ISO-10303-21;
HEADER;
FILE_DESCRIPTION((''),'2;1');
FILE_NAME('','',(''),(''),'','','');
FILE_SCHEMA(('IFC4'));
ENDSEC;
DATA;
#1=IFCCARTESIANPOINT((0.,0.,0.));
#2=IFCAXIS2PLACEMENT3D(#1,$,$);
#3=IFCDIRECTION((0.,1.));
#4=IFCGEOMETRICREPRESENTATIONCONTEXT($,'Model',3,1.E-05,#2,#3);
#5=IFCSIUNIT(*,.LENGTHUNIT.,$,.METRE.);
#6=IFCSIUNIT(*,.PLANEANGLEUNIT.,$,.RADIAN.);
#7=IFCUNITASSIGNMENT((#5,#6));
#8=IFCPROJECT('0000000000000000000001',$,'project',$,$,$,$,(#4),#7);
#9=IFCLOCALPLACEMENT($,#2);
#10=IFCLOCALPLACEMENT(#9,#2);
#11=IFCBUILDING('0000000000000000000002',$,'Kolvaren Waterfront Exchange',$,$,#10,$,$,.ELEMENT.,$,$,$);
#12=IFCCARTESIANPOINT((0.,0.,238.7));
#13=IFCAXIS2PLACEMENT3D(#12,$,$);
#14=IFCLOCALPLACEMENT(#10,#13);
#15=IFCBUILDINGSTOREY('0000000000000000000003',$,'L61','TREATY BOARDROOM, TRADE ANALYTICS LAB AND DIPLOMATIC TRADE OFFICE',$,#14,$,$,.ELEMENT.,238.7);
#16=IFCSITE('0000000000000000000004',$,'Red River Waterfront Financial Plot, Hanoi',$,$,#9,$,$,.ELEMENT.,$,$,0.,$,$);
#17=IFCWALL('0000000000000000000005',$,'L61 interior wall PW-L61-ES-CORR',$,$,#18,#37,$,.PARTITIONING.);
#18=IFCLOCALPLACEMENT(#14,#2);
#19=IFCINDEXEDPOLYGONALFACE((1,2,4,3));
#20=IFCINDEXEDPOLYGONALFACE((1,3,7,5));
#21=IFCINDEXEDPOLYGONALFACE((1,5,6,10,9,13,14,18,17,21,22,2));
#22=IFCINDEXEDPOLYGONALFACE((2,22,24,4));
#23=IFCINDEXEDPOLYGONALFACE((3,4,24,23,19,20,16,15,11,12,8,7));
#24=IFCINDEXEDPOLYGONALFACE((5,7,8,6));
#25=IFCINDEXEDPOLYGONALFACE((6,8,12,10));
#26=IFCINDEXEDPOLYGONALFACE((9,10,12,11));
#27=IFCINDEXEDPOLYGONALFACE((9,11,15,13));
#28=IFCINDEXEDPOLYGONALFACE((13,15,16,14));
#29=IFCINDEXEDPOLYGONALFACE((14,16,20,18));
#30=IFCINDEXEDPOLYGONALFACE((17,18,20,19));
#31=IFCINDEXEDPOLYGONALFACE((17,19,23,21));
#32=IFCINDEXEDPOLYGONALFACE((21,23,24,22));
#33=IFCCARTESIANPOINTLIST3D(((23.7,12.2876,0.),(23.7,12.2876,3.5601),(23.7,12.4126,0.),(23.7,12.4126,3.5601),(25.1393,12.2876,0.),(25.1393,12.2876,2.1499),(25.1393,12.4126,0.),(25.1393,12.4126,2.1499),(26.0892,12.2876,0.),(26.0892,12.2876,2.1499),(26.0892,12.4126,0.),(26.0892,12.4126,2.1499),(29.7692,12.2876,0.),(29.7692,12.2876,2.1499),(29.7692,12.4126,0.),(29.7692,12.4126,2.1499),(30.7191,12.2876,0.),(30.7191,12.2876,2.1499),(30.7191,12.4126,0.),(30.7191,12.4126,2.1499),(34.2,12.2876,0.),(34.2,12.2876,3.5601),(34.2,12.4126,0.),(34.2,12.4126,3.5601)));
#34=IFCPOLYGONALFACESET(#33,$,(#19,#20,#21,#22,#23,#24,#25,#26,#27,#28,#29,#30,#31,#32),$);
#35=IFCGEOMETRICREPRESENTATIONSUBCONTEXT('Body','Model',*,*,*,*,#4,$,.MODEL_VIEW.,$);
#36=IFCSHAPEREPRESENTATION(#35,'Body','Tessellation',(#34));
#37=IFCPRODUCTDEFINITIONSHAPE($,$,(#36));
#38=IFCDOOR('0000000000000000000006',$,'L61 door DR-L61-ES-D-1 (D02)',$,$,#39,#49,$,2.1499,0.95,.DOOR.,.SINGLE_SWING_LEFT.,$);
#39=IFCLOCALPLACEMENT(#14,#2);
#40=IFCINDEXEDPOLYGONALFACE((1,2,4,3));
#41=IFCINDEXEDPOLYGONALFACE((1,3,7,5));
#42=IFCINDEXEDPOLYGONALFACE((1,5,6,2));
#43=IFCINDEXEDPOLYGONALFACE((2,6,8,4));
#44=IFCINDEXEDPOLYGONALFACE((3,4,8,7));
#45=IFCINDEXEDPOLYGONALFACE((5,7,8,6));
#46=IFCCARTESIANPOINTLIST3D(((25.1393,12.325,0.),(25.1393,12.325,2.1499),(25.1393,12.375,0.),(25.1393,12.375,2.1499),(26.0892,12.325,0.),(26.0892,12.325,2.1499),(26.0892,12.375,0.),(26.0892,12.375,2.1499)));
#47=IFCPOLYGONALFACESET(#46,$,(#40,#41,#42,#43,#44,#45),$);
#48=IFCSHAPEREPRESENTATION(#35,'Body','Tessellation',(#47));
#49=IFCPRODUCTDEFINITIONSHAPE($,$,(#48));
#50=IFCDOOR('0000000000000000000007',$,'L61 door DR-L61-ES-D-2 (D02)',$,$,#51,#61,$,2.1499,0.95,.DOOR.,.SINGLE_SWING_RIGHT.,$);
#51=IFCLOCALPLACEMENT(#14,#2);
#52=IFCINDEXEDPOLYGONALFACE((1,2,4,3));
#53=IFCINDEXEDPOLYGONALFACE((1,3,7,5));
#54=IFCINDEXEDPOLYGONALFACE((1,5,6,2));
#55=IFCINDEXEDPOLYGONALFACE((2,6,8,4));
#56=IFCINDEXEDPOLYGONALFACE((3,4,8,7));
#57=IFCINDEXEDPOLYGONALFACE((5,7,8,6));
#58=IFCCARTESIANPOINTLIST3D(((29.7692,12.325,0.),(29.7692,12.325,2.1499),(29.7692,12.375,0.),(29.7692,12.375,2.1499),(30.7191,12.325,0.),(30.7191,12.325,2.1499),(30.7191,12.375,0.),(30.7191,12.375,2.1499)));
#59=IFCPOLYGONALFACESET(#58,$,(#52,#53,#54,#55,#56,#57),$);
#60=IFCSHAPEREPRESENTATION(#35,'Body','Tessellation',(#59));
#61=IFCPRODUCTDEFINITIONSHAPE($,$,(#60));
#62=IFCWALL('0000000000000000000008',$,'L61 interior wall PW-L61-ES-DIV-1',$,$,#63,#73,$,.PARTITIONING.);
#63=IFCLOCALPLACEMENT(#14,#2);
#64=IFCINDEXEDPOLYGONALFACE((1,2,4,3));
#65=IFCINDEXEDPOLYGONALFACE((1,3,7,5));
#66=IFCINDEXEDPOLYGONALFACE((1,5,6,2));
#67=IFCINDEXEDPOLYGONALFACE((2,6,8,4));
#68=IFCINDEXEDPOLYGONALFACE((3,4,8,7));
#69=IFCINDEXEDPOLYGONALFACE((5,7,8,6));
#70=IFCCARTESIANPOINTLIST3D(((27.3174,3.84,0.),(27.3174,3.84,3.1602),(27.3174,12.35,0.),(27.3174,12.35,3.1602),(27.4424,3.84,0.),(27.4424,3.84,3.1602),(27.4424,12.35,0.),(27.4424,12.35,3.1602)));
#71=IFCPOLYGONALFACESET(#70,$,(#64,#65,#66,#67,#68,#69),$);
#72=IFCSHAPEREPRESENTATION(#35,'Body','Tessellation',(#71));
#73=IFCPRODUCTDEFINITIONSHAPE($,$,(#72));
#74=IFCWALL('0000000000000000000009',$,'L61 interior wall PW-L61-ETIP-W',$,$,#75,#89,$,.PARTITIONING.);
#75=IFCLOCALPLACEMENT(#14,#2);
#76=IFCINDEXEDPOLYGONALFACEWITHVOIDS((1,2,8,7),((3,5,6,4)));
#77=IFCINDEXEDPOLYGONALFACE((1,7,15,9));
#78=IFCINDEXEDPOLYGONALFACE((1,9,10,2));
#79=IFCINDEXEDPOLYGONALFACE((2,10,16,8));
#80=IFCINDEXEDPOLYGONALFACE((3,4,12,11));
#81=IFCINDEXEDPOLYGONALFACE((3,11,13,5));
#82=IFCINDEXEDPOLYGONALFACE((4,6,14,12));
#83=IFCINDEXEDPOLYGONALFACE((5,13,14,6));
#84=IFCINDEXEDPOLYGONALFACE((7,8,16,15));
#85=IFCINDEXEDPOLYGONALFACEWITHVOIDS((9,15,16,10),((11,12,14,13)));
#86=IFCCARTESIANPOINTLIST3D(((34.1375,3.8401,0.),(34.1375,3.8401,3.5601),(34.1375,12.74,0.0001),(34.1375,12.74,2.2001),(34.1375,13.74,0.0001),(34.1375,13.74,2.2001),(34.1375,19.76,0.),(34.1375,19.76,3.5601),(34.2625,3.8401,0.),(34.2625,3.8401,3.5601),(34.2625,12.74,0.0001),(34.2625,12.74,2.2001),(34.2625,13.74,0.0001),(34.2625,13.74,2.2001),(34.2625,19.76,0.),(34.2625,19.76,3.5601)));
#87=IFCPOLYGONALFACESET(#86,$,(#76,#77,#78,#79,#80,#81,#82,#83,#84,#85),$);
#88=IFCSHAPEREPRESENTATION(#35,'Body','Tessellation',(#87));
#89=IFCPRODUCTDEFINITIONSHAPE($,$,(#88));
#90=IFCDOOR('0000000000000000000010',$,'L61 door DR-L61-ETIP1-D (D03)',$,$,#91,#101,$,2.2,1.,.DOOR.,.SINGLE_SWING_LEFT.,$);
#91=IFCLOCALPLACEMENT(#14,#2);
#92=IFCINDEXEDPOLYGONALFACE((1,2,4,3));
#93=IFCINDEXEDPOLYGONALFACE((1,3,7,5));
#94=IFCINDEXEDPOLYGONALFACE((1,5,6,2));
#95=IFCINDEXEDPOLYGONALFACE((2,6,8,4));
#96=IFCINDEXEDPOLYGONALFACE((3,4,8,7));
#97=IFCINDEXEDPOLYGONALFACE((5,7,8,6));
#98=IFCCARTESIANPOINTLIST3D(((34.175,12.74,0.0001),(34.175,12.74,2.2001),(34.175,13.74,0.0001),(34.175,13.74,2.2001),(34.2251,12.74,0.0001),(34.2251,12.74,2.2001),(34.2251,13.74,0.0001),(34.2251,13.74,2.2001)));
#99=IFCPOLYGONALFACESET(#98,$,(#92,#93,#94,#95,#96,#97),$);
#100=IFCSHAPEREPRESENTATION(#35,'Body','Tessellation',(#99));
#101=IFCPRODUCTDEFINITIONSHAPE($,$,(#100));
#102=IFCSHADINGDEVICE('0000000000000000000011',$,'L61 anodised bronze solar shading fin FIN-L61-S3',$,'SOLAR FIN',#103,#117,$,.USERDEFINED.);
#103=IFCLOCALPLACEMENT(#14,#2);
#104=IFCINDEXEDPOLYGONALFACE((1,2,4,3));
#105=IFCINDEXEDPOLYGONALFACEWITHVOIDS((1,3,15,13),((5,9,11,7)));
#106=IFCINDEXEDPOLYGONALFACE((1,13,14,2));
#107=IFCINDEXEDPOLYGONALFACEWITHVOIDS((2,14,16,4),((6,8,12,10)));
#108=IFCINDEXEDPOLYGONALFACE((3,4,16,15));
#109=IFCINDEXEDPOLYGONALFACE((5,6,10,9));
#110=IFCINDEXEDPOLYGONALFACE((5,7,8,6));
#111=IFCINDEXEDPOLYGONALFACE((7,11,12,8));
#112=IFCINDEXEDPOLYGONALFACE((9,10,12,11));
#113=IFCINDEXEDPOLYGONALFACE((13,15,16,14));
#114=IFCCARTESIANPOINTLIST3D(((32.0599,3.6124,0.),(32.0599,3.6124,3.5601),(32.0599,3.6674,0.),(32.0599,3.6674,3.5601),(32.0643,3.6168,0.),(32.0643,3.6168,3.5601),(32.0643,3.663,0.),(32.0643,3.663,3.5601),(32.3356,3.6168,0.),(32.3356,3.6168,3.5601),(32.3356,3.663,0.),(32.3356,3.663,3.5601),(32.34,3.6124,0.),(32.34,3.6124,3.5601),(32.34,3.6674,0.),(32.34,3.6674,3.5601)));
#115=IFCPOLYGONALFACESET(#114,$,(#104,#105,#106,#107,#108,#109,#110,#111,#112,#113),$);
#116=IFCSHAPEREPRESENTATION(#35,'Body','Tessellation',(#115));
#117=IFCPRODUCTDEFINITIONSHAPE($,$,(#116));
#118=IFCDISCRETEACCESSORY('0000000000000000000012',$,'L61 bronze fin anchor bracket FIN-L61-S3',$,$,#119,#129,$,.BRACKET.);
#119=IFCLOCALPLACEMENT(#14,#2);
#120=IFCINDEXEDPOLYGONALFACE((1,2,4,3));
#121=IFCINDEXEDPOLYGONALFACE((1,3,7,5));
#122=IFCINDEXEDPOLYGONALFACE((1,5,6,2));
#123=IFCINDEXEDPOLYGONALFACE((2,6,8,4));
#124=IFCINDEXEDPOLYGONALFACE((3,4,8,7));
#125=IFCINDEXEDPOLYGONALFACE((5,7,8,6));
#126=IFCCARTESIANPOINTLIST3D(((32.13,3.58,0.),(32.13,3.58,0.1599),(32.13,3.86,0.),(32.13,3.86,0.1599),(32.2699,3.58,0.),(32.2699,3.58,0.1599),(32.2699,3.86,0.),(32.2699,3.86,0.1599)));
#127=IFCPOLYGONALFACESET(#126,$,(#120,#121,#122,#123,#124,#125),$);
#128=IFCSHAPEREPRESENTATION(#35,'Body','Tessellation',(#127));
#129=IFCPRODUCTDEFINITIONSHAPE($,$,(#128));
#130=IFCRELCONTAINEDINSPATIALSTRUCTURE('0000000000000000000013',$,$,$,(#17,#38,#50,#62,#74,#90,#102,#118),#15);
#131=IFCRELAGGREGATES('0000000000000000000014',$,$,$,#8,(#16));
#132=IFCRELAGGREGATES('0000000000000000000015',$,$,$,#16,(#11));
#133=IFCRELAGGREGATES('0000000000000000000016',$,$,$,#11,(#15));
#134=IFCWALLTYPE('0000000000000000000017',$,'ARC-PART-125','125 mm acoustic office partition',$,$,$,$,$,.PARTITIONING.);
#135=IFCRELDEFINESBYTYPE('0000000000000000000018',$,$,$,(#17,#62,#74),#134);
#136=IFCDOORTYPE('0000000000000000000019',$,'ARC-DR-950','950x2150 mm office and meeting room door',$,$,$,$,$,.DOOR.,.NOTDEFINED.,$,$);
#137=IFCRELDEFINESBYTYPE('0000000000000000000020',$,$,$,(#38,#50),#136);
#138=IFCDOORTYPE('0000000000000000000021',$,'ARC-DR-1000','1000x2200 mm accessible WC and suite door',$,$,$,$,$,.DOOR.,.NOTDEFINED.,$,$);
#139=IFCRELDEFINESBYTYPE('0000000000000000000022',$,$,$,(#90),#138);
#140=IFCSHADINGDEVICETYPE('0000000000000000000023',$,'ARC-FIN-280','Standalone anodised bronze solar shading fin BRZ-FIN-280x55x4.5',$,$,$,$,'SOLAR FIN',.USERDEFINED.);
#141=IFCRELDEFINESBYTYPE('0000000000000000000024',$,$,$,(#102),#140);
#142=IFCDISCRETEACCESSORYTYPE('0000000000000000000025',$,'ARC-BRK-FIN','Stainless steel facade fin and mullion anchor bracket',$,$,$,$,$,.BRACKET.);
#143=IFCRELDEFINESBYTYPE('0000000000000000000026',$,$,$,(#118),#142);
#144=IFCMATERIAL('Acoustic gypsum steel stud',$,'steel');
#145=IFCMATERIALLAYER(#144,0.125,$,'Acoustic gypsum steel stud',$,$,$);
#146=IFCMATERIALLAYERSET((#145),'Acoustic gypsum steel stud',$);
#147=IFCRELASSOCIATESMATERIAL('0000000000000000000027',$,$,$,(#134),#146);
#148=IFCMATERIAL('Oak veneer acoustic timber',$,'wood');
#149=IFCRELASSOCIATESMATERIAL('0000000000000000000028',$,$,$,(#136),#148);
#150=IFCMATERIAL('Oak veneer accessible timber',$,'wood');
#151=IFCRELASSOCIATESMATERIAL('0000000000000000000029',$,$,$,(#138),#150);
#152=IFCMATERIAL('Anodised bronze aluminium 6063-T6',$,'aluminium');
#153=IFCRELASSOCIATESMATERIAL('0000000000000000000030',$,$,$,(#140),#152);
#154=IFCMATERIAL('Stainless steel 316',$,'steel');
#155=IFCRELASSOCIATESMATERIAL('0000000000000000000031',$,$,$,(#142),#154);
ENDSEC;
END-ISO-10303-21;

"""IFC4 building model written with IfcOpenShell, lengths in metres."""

from ifc_helpers import new_model, si_unit, direction, frame, frame_2d, origin, origin_with_axes, origin_2d, place, context, subcontext, project, spatial, rectangle, hollow_rectangle, extrude, source, transform, mapped, material, layer, layer_set, material_profile, profile_set, type_object, element, fill, save


model = new_model("IFC4")

# Units and contexts
model_context = context("Model", 3, precision=1e-05, world=origin(), true_north=direction((0.0, 1.0)))
body_context = subcontext(model_context, "Body", "Model", "MODEL_VIEW")
ifc_project = project(units=[si_unit("LENGTHUNIT", "METRE"), si_unit("PLANEANGLEUNIT", "RADIAN")], contexts=[model_context])

# Site, building, storey
site_placement = place(None, origin())
site = spatial("IfcSite", under=ifc_project, at=site_placement, Name="Red River Waterfront Financial Plot, Hanoi", CompositionType="ELEMENT", RefElevation=0.0)
building_placement = place(site_placement, origin())
building = spatial("IfcBuilding", under=site, at=building_placement, Name="Kolvaren Waterfront Exchange", CompositionType="ELEMENT")
storey_placement = place(building_placement, frame((0.0, 0.0, 238.7)))
storey = spatial("IfcBuildingStorey", under=building, at=storey_placement, Name="L61", Description="TREATY BOARDROOM, TRADE ANALYTICS LAB AND DIPLOMATIC TRADE OFFICE", CompositionType="ELEMENT", Elevation=238.7)

# Shared definitions
ifc_material_1 = material(Name="Anodised bronze aluminium 6063-T6", Category="aluminium")

# Shared definitions
ifc_material_2 = material(Name="Acoustic gypsum steel stud", Category="steel")
ifc_layer_1 = layer(ifc_material_2, 0.125, Name="Acoustic gypsum steel stud")
ifc_layer_set_1 = layer_set([ifc_layer_1], Name="Acoustic gypsum steel stud")
wall_type = type_object("IfcWallType", Name="ARC-PART-125", Description="125 mm acoustic office partition", PredefinedType="PARTITIONING", material=ifc_layer_set_1)

# Wall, openings, doors
wall_1_placement = place(storey_placement, frame((23.7, 12.3501, 0.0), z_axis=(0.0, 0.0, 1.0), x_axis=(1.0, 0.0, 0.0)))
wall_1 = element("IfcWall", 1, at=wall_1_placement, inside=storey, type_object=wall_type, Name="L61 interior wall PW-L61-ES-CORR", PredefinedType="PARTITIONING", context=body_context, shape_type="SweptSolid", body=[
    extrude(rectangle(XDim=10.5, YDim=0.125, at=frame_2d((5.25, 0.0))), origin(), (0.0, 0.0, 1.0), 3.5601),
])
opening_1_placement = place(wall_1_placement, frame((1.4392, 0.0, 0.0)))
opening_1 = element("IfcOpeningElement", 2, at=opening_1_placement, cuts=wall_1, PredefinedType="OPENING", context=body_context, shape_type="SweptSolid", body=[
    extrude(rectangle(XDim=0.95, YDim=2.1499, at=frame_2d((0.4751, 1.075))), frame((0.0, 0.0725, 0.0), z_axis=(0.0, -1.0, 0.0), x_axis=(1.0, 0.0, 0.0)), (0.0, 0.0, 1.0), 0.145),
])
opening_2_placement = place(wall_1_placement, frame((6.0691, 0.0, 0.0)))
opening_2 = element("IfcOpeningElement", 3, at=opening_2_placement, cuts=wall_1, PredefinedType="OPENING", context=body_context, shape_type="SweptSolid", body=[
    extrude(rectangle(XDim=0.95, YDim=2.1499, at=frame_2d((0.4751, 1.075))), frame((0.0, 0.0725, 0.0), z_axis=(0.0, -1.0, 0.0), x_axis=(1.0, 0.0, 0.0)), (0.0, 0.0, 1.0), 0.145),
])
ifc_material_3 = material(Name="Oak veneer acoustic timber", Category="wood")
door_type_1 = type_object("IfcDoorType", Name="ARC-DR-950", Description="950x2150 mm office and meeting room door", OperationType="NOTDEFINED", PredefinedType="DOOR", material=ifc_material_3)
door_1_placement = place(opening_1_placement, origin())
door_1 = element("IfcDoor", 4, at=door_1_placement, inside=storey, type_object=door_type_1, Name="L61 door DR-L61-ES-D-1 (D02)", OperationType="SINGLE_SWING_LEFT", OverallHeight=2.1499, OverallWidth=0.95, PredefinedType="DOOR", context=body_context, shape_type="SweptSolid", body=[
    extrude(rectangle(XDim=0.95, YDim=2.1499, at=frame_2d((0.4751, 1.075))), frame((0.0, 0.0249, 0.0), z_axis=(0.0, -1.0, 0.0), x_axis=(1.0, 0.0, 0.0)), (0.0, 0.0, 1.0), 0.05),
])
fill(opening_1, door_1)
door_2_placement = place(opening_2_placement, origin())
door_2 = element("IfcDoor", 5, at=door_2_placement, inside=storey, type_object=door_type_1, Name="L61 door DR-L61-ES-D-2 (D02)", OperationType="SINGLE_SWING_RIGHT", OverallHeight=2.1499, OverallWidth=0.95, PredefinedType="DOOR", context=body_context, shape_type="SweptSolid", body=[
    extrude(rectangle(XDim=0.95, YDim=2.1499, at=frame_2d((0.4751, 1.075))), frame((0.0, 0.0249, 0.0), z_axis=(0.0, -1.0, 0.0), x_axis=(1.0, 0.0, 0.0)), (0.0, 0.0, 1.0), 0.05),
])
fill(opening_2, door_2)

# Wall
wall_2_placement = place(storey_placement, frame((27.3799, 3.8401, 0.0), z_axis=(0.0, 0.0, 1.0), x_axis=(0.0, 1.0, 0.0)))
element("IfcWall", 6, at=wall_2_placement, inside=storey, type_object=wall_type, Name="L61 interior wall PW-L61-ES-DIV-1", PredefinedType="PARTITIONING", context=body_context, shape_type="SweptSolid", body=[
    extrude(rectangle(XDim=8.51, YDim=0.125, at=frame_2d((4.2549, 0.0))), origin(), (0.0, 0.0, 1.0), 3.1602),
])

# Wall, opening, door
wall_3_placement = place(storey_placement, frame((34.2, 3.8401, 0.0), z_axis=(0.0, 0.0, 1.0), x_axis=(0.0, 1.0, 0.0)))
wall_3 = element("IfcWall", 7, at=wall_3_placement, inside=storey, type_object=wall_type, Name="L61 interior wall PW-L61-ETIP-W", PredefinedType="PARTITIONING", context=body_context, shape_type="SweptSolid", body=[
    extrude(rectangle(XDim=15.9199, YDim=0.125, at=frame_2d((7.96, 0.0))), origin(), (0.0, 0.0, 1.0), 3.5601),
])
opening_3_placement = place(wall_3_placement, frame((8.8999, 0.0, 0.0)))
opening_3 = element("IfcOpeningElement", 8, at=opening_3_placement, cuts=wall_3, PredefinedType="OPENING", context=body_context, shape_type="SweptSolid", body=[
    extrude(rectangle(XDim=1.0, YDim=2.2, at=frame_2d((0.5, 1.1001))), frame((0.0, 0.0725, 0.0), z_axis=(0.0, -1.0, 0.0), x_axis=(1.0, 0.0, 0.0)), (0.0, 0.0, 1.0), 0.145),
])
ifc_material_4 = material(Name="Oak veneer accessible timber", Category="wood")
door_type_2 = type_object("IfcDoorType", Name="ARC-DR-1000", Description="1000x2200 mm accessible WC and suite door", OperationType="NOTDEFINED", PredefinedType="DOOR", material=ifc_material_4)
door_3_placement = place(opening_3_placement, origin())
door_3 = element("IfcDoor", 9, at=door_3_placement, inside=storey, type_object=door_type_2, Name="L61 door DR-L61-ETIP1-D (D03)", OperationType="SINGLE_SWING_LEFT", OverallHeight=2.2, OverallWidth=1.0, PredefinedType="DOOR", context=body_context, shape_type="SweptSolid", body=[
    extrude(rectangle(XDim=1.0, YDim=2.2, at=frame_2d((0.5, 1.1001))), frame((0.0, 0.0249, 0.0), z_axis=(0.0, -1.0, 0.0), x_axis=(1.0, 0.0, 0.0)), (0.0, 0.0, 1.0), 0.05),
])
fill(opening_3, door_3)

# Shading device
ifc_material_profile_1 = material_profile(ifc_material_1, hollow_rectangle(XDim=0.0549, YDim=0.28, WallThickness=0.0044, at=origin_2d()), Name="BRZ-FIN-280x55x4.5")
ifc_profile_set_1 = profile_set([ifc_material_profile_1], Name="Anodised bronze aluminium 6063-T6")
shading_device_type = type_object("IfcShadingDeviceType", Name="ARC-FIN-280", Description="Standalone anodised bronze solar shading fin BRZ-FIN-280x55x4.5", ElementType="SOLAR FIN", PredefinedType="USERDEFINED", material=ifc_profile_set_1)
shading_device_placement = place(storey_placement, frame((32.2, 3.6399, 0.0), z_axis=(0.0, 0.0, 1.0), x_axis=(0.0, -1.0, 0.0)))
element("IfcShadingDevice", 10, at=shading_device_placement, inside=storey, type_object=shading_device_type, Name="L61 anodised bronze solar shading fin FIN-L61-S3", ObjectType="SOLAR FIN", PredefinedType="USERDEFINED", context=body_context, shape_type="SweptSolid", body=[
    extrude(hollow_rectangle(XDim=0.0549, YDim=0.28, WallThickness=0.0044, at=origin_2d()), origin(), (0.0, 0.0, 1.0), 3.5601),
])

# Discrete accessory
ifc_material_5 = material(Name="Stainless steel 316", Category="steel")
discrete_accessory_type = type_object("IfcDiscreteAccessoryType", Name="ARC-BRK-FIN", Description="Stainless steel facade fin and mullion anchor bracket", PredefinedType="BRACKET", material=ifc_material_5)
shared_shape_1 = source(origin_with_axes(), body_context, "Body", "SweptSolid", [
    extrude(rectangle(XDim=0.28, YDim=0.1399, at=origin_2d()), origin(), (0.0, 0.0, 1.0), 0.1599),
])
discrete_accessory_placement = place(storey_placement, frame((32.2, 3.72, 0.0), z_axis=(0.0, 0.0, 1.0), x_axis=(0.0, -1.0, 0.0)))
element("IfcDiscreteAccessory", 11, at=discrete_accessory_placement, inside=storey, type_object=discrete_accessory_type, Name="L61 bronze fin anchor bracket FIN-L61-S3", PredefinedType="BRACKET", context=body_context, shape_type="MappedRepresentation", body=[
    mapped(shared_shape_1, transform((0.0, 0.0, 0.0), x_axis=(1.0, 0.0, 0.0), y_axis=(0.0, 1.0, 0.0), z_axis=(0.0, 0.0, 1.0), scale=1.0)),
])

save(model, "model.ifc")
